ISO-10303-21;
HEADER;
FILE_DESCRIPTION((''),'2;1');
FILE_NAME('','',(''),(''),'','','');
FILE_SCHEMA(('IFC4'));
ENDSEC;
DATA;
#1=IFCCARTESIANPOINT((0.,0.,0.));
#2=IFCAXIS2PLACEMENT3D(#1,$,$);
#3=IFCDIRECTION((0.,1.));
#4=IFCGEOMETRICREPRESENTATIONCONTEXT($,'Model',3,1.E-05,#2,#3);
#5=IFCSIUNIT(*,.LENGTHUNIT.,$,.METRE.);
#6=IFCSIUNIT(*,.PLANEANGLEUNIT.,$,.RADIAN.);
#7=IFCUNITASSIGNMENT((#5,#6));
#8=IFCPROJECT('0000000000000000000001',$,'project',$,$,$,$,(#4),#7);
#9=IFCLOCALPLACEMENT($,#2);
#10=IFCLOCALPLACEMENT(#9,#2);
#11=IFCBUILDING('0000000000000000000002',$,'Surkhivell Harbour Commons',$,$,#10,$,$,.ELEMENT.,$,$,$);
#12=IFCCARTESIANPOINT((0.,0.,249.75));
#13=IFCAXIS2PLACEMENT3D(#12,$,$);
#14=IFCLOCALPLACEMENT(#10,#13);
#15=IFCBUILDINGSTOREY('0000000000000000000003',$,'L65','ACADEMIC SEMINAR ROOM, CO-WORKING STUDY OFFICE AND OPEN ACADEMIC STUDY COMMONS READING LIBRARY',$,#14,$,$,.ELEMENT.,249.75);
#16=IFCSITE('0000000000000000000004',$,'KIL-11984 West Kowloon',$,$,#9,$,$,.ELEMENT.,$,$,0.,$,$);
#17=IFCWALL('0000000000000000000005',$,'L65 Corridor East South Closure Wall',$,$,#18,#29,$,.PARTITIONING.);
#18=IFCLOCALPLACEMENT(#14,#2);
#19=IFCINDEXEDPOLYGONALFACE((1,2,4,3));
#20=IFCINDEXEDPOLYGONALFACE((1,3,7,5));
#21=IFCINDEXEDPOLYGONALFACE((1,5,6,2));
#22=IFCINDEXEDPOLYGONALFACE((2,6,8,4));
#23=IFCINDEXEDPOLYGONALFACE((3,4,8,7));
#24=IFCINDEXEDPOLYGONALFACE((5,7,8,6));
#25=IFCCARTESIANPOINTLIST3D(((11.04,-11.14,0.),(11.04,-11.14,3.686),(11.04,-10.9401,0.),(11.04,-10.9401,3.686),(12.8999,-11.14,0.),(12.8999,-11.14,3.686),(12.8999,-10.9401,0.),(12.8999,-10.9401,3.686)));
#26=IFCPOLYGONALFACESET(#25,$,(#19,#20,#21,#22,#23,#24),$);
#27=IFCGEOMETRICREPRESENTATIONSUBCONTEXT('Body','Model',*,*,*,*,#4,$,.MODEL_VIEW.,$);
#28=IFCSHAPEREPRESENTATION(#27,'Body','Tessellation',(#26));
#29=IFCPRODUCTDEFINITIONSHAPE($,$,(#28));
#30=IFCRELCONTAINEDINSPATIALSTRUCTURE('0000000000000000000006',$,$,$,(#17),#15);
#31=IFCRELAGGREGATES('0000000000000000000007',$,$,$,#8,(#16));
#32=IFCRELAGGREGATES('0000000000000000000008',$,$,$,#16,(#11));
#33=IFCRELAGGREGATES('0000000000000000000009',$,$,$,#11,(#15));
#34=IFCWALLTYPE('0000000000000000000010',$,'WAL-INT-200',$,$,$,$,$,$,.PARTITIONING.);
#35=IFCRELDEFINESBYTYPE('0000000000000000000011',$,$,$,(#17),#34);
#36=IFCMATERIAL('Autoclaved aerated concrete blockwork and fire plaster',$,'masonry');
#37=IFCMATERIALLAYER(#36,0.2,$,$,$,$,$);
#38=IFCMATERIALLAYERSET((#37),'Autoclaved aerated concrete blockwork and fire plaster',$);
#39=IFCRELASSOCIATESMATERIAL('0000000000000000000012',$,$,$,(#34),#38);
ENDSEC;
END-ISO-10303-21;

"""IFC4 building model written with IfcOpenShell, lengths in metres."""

from ifc_helpers import new_model, si_unit, direction, frame, frame_2d, origin, place, context, subcontext, project, spatial, rectangle, extrude, material, layer, layer_set, type_object, element, save


model = new_model("IFC4")

# Units and contexts
model_context = context("Model", 3, precision=1e-05, world=origin(), true_north=direction((0.0, 1.0)))
body_context = subcontext(model_context, "Body", "Model", "MODEL_VIEW")
ifc_project = project(units=[si_unit("LENGTHUNIT", "METRE"), si_unit("PLANEANGLEUNIT", "RADIAN")], contexts=[model_context])

# Site, building, storey
site_placement = place(None, origin())
site = spatial("IfcSite", under=ifc_project, at=site_placement, Name="KIL-11984 West Kowloon", CompositionType="ELEMENT", RefElevation=0.0)
building_placement = place(site_placement, origin())
building = spatial("IfcBuilding", under=site, at=building_placement, Name="Surkhivell Harbour Commons", CompositionType="ELEMENT")
storey_placement = place(building_placement, frame((0.0, 0.0, 249.75)))
storey = spatial("IfcBuildingStorey", under=building, at=storey_placement, Name="L65", Description="ACADEMIC SEMINAR ROOM, CO-WORKING STUDY OFFICE AND OPEN ACADEMIC STUDY COMMONS READING LIBRARY", CompositionType="ELEMENT", Elevation=249.75)

# Shared definitions
ifc_material_1 = material(Name="Autoclaved aerated concrete blockwork and fire plaster", Category="masonry")
ifc_layer_1 = layer(ifc_material_1, 0.2)
ifc_layer_set_1 = layer_set([ifc_layer_1], Name="Autoclaved aerated concrete blockwork and fire plaster")
wall_type_1 = type_object("IfcWallType", Name="WAL-INT-200", PredefinedType="PARTITIONING", material=ifc_layer_set_1)

# Wall
wall_1_placement = place(storey_placement, frame((11.04, -11.04, 0.0), z_axis=(0.0, 0.0, 1.0), x_axis=(1.0, 0.0, 0.0)))
element("IfcWall", 1, at=wall_1_placement, inside=storey, type_object=wall_type_1, Name="L65 Corridor East South Closure Wall", PredefinedType="PARTITIONING", context=body_context, shape_type="SweptSolid", body=[
    extrude(rectangle(XDim=1.8599, YDim=0.2, at=frame_2d((0.9299, 0.0))), origin(), (0.0, 0.0, 1.0), 3.686),
])

save(model, "model.ifc")
